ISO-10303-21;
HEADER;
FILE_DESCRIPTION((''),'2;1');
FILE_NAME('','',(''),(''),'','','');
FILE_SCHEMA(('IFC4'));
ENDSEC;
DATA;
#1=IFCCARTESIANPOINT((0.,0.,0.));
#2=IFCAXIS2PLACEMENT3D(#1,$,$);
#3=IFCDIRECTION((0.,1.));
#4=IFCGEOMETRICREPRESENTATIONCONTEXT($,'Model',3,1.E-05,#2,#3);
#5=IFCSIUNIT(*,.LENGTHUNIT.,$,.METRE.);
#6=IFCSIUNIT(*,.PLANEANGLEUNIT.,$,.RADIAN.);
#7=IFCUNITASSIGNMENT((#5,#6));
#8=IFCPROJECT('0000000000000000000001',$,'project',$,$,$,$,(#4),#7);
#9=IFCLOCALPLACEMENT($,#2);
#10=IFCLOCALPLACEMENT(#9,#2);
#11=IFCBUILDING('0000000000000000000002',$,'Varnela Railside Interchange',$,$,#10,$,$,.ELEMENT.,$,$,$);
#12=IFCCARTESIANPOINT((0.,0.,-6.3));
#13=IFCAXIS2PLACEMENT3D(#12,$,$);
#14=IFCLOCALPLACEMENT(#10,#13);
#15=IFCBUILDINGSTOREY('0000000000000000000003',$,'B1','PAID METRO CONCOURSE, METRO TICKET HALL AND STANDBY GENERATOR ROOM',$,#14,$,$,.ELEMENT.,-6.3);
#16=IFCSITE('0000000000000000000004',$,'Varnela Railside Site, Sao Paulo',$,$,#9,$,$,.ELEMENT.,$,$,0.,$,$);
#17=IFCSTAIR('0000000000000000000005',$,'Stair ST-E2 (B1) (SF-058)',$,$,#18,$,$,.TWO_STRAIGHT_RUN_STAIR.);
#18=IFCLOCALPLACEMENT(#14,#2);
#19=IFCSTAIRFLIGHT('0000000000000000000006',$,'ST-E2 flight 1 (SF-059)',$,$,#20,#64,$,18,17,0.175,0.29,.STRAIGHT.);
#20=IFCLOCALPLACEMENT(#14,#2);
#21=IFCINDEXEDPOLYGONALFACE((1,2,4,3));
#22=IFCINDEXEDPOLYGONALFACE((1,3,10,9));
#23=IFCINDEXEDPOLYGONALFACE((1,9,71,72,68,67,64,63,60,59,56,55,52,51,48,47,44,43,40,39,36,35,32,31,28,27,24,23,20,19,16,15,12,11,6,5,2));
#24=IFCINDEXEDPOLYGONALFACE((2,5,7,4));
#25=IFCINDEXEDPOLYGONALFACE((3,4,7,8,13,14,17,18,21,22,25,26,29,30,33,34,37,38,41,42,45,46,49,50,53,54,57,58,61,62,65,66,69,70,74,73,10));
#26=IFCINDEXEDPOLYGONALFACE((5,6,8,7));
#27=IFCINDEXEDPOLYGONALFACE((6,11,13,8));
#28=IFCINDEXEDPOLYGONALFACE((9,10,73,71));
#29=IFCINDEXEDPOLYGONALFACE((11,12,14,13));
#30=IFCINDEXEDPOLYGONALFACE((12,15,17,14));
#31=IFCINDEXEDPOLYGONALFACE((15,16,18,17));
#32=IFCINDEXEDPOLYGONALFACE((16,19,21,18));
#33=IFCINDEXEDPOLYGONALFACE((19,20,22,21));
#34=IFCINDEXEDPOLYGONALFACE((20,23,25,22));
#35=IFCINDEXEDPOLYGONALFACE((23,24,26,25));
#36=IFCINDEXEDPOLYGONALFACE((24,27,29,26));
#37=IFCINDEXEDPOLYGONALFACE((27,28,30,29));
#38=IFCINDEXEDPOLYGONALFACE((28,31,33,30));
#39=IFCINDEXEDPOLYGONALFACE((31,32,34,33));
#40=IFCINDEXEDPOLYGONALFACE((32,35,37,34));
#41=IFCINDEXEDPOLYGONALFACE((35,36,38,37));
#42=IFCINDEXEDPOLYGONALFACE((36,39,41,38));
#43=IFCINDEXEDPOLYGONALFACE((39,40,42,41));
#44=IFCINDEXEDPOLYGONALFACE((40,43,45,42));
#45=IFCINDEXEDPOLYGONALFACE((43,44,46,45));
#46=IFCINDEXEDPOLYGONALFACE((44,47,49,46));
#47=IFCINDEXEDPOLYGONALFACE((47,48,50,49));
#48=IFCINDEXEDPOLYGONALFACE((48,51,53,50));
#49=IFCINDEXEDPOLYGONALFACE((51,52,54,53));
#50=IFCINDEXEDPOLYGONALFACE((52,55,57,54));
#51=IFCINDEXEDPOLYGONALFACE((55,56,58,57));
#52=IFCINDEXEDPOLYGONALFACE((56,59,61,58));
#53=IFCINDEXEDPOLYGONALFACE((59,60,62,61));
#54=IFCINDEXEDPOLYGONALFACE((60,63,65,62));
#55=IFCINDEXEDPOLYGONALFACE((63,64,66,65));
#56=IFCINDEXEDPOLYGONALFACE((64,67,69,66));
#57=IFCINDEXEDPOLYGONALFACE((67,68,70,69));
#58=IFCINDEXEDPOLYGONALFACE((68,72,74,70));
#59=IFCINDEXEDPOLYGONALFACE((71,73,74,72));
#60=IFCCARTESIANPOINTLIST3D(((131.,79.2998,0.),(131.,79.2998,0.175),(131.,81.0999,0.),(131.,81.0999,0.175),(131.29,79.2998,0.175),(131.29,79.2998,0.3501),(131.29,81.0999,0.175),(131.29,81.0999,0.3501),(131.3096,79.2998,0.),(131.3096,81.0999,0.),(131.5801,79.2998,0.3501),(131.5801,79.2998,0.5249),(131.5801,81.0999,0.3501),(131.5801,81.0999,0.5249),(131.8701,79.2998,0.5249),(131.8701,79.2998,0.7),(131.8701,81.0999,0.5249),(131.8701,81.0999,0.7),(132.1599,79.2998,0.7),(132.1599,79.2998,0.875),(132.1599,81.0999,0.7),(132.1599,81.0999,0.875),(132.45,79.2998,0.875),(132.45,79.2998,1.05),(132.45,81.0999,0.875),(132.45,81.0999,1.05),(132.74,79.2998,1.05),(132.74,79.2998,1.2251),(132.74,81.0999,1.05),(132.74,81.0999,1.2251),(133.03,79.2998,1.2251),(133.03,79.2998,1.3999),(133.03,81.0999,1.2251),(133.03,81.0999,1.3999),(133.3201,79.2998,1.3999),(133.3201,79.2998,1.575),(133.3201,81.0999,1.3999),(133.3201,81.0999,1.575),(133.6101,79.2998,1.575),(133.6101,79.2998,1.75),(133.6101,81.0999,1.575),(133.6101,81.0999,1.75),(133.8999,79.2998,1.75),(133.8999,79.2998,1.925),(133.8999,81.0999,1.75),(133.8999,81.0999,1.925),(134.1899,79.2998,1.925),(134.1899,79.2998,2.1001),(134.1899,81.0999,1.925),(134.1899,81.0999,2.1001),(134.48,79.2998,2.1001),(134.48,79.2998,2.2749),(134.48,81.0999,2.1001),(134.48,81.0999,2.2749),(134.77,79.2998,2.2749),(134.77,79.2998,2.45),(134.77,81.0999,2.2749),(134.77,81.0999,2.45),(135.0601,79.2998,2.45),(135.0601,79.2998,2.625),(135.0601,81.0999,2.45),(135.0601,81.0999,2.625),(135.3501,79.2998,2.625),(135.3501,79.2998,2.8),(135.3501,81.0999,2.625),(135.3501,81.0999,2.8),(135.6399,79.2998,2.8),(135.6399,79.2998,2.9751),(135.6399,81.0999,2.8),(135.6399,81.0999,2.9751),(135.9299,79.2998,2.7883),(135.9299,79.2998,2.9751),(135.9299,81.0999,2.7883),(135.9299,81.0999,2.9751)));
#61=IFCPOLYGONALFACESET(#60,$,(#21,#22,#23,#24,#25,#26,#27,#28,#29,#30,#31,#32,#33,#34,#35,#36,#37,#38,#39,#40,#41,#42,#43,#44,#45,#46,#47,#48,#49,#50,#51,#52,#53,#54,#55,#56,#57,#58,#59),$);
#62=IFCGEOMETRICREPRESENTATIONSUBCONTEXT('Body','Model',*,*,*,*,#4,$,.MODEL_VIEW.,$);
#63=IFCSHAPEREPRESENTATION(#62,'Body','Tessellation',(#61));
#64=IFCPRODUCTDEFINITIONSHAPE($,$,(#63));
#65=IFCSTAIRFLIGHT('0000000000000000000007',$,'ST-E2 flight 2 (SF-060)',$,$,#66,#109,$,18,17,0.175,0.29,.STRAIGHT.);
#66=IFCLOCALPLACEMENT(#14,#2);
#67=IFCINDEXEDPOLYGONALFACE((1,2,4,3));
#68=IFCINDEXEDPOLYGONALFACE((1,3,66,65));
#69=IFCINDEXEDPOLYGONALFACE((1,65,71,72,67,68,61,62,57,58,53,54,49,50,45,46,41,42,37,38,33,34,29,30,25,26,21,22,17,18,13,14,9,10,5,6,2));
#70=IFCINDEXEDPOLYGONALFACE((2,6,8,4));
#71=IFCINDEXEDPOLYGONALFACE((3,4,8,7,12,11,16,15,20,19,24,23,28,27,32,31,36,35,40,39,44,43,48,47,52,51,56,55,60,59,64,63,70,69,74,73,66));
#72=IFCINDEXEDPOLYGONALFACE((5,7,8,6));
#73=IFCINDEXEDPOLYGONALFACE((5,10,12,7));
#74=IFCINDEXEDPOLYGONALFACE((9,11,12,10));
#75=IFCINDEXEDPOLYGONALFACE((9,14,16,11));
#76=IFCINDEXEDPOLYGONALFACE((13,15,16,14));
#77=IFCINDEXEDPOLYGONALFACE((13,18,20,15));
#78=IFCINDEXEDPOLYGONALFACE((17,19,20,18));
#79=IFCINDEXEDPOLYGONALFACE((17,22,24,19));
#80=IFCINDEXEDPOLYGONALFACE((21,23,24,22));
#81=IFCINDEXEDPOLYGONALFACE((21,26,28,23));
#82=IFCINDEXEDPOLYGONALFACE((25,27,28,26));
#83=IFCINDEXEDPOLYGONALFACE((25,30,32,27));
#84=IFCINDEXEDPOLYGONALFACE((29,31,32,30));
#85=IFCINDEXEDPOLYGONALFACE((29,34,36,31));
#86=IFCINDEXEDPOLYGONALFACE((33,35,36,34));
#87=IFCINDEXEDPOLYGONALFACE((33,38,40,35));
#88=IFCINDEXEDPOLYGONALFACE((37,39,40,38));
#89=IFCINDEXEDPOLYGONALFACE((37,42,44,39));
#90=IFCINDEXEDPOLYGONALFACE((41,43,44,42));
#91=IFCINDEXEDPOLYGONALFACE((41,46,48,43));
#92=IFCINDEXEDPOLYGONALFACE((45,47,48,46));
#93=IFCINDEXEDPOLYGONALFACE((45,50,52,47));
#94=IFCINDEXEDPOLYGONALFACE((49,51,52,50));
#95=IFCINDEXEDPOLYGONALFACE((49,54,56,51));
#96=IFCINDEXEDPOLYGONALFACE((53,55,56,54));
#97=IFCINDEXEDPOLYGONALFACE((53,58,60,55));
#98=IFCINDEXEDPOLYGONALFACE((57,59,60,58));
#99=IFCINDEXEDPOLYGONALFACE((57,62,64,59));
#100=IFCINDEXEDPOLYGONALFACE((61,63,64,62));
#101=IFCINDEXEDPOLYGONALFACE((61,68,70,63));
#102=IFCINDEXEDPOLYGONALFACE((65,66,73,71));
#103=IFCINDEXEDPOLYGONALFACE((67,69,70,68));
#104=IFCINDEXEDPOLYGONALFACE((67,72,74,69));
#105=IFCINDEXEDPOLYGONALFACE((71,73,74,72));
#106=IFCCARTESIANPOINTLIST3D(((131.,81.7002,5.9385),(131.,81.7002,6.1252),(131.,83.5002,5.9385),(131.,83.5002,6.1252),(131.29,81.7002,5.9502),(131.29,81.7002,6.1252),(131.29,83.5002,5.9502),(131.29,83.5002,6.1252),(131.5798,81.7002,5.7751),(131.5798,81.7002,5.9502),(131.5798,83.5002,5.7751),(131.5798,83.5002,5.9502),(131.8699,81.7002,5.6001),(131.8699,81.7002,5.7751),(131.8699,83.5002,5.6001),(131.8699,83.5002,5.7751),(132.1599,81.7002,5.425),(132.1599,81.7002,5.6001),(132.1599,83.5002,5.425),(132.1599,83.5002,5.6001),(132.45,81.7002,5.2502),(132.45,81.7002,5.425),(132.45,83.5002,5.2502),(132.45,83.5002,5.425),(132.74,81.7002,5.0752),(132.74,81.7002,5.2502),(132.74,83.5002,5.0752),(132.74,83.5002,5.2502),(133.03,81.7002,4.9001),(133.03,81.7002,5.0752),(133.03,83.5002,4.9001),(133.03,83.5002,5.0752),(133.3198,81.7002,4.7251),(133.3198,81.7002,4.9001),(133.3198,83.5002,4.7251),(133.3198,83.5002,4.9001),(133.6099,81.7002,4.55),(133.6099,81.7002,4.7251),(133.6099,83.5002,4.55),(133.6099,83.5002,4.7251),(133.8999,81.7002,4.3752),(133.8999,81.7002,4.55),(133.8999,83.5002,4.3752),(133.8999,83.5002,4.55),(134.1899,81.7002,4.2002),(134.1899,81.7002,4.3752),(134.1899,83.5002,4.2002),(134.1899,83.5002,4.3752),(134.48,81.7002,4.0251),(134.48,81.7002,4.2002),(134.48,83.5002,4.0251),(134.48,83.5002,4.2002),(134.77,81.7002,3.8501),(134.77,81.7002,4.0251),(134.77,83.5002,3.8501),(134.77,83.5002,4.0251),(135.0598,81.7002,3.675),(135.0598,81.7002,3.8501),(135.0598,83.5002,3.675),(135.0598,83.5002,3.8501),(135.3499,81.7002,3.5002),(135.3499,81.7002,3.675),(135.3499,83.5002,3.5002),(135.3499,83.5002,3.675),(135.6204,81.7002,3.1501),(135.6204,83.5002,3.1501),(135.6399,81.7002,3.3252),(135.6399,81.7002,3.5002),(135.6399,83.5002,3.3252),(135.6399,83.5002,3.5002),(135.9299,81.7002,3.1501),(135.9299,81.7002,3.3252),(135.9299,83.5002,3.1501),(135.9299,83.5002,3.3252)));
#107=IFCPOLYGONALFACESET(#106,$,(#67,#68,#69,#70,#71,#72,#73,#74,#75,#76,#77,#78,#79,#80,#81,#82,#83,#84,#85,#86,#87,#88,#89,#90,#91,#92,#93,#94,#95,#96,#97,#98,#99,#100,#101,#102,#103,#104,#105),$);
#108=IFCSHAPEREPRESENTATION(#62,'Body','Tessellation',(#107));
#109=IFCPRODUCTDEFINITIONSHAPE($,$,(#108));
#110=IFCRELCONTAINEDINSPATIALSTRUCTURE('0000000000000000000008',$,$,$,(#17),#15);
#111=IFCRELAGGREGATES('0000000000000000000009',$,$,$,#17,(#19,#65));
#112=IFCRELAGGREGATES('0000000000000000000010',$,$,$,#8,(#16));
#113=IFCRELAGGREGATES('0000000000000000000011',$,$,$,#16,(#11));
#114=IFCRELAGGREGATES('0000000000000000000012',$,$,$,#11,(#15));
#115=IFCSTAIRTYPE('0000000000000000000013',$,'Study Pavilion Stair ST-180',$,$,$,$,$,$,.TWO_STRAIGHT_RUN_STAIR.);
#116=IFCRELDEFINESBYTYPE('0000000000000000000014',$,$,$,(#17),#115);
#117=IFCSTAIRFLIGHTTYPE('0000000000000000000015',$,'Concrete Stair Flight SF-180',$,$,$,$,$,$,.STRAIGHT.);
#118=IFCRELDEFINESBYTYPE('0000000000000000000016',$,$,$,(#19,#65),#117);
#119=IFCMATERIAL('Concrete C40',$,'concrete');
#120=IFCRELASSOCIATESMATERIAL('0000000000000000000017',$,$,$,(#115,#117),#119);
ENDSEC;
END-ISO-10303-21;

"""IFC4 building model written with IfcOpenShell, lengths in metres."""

from ifc_helpers import new_model, si_unit, direction, frame, origin, place, context, subcontext, project, spatial, polyline, outline, extrude, material, type_object, element, aggregate, save


model = new_model("IFC4")

# Units and contexts
model_context = context("Model", 3, precision=1e-05, world=origin(), true_north=direction((0.0, 1.0)))
body_context = subcontext(model_context, "Body", "Model", "MODEL_VIEW")
ifc_project = project(units=[si_unit("LENGTHUNIT", "METRE"), si_unit("PLANEANGLEUNIT", "RADIAN")], contexts=[model_context])

# Site, building, storey
site_placement = place(None, origin())
site = spatial("IfcSite", under=ifc_project, at=site_placement, Name="Varnela Railside Site, Sao Paulo", CompositionType="ELEMENT", RefElevation=0.0)
building_placement = place(site_placement, origin())
building = spatial("IfcBuilding", under=site, at=building_placement, Name="Varnela Railside Interchange", CompositionType="ELEMENT")
storey_placement = place(building_placement, frame((0.0, 0.0, -6.3)))
storey = spatial("IfcBuildingStorey", under=building, at=storey_placement, Name="B1", Description="PAID METRO CONCOURSE, METRO TICKET HALL AND STANDBY GENERATOR ROOM", CompositionType="ELEMENT", Elevation=-6.3)

# Shared definitions
ifc_material_1 = material(Name="Concrete C40", Category="concrete")

# Stair, stair flights
stair_type = type_object("IfcStairType", Name="Study Pavilion Stair ST-180", PredefinedType="TWO_STRAIGHT_RUN_STAIR", material=ifc_material_1)
stair_placement = place(storey_placement, origin())
stair = element("IfcStair", 1, at=stair_placement, inside=storey, type_object=stair_type, Name="Stair ST-E2 (B1) (SF-058)", PredefinedType="TWO_STRAIGHT_RUN_STAIR")
stair_flight_type = type_object("IfcStairFlightType", Name="Concrete Stair Flight SF-180", PredefinedType="STRAIGHT", material=ifc_material_1)
stair_flight_1_placement = place(storey_placement, frame((131.0, 80.2, 0.0), z_axis=(0.0, 0.0, 1.0), x_axis=(1.0, 0.0, 0.0)))
stair_flight_1 = element("IfcStairFlight", 2, at=stair_flight_1_placement, type_object=stair_flight_type, Name="ST-E2 flight 1 (SF-059)", NumberOfRisers=18, NumberOfTreads=17, PredefinedType="STRAIGHT", RiserHeight=0.175, TreadLength=0.29, context=body_context, shape_type="SweptSolid", body=[
    extrude(outline(polyline([(0.0, 0.0), (0.0, 0.175), (0.29, 0.175), (0.29, 0.3501), (0.5801, 0.3501), (0.5801, 0.5249), (0.8701, 0.5249), (0.8701, 0.7), (1.1599, 0.7), (1.1599, 0.875), (1.45, 0.875), (1.45, 1.05), (1.74, 1.05), (1.74, 1.2251), (2.03, 1.2251), (2.03, 1.3999), (2.3201, 1.3999), (2.3201, 1.575), (2.6101, 1.575), (2.6101, 1.75), (2.8999, 1.75), (2.8999, 1.925), (3.1899, 1.925), (3.1899, 2.1001), (3.48, 2.1001), (3.48, 2.2749), (3.77, 2.2749), (3.77, 2.45), (4.0601, 2.45), (4.0601, 2.625), (4.3501, 2.625), (4.3501, 2.8), (4.6399, 2.8), (4.6399, 2.9751), (4.9299, 2.9751), (4.9299, 3.1499), (4.9299, 2.7883), (0.3096, 0.0), (0.0, 0.0)])), frame((0.0, 0.8999, 0.0), z_axis=(0.0, -1.0, 0.0), x_axis=(1.0, 0.0, 0.0)), (0.0, 0.0, 1.0), 1.8),
])
stair_flight_2_placement = place(storey_placement, frame((135.9299, 82.6001, 3.1501), z_axis=(0.0, 0.0, 1.0), x_axis=(-1.0, 0.0, 0.0)))
stair_flight_2 = element("IfcStairFlight", 3, at=stair_flight_2_placement, type_object=stair_flight_type, Name="ST-E2 flight 2 (SF-060)", NumberOfRisers=18, NumberOfTreads=17, PredefinedType="STRAIGHT", RiserHeight=0.175, TreadLength=0.29, context=body_context, shape_type="SweptSolid", body=[
    extrude(outline(polyline([(0.0, 0.0), (0.0, 0.175), (0.29, 0.175), (0.29, 0.3501), (0.5801, 0.3501), (0.5801, 0.5249), (0.8701, 0.5249), (0.8701, 0.7), (1.1599, 0.7), (1.1599, 0.875), (1.45, 0.875), (1.45, 1.05), (1.74, 1.05), (1.74, 1.2251), (2.03, 1.2251), (2.03, 1.3999), (2.3201, 1.3999), (2.3201, 1.575), (2.6101, 1.575), (2.6101, 1.75), (2.8999, 1.75), (2.8999, 1.925), (3.1899, 1.925), (3.1899, 2.1001), (3.48, 2.1001), (3.48, 2.2749), (3.77, 2.2749), (3.77, 2.45), (4.0601, 2.45), (4.0601, 2.625), (4.3501, 2.625), (4.3501, 2.8), (4.6399, 2.8), (4.6399, 2.9751), (4.9299, 2.9751), (4.9299, 3.1499), (4.9299, 2.7883), (0.3096, 0.0), (0.0, 0.0)])), frame((0.0, 0.8999, 0.0), z_axis=(0.0, -1.0, 0.0), x_axis=(1.0, 0.0, 0.0)), (0.0, 0.0, 1.0), 1.8),
])
aggregate(stair, [stair_flight_1, stair_flight_2])

save(model, "model.ifc")
